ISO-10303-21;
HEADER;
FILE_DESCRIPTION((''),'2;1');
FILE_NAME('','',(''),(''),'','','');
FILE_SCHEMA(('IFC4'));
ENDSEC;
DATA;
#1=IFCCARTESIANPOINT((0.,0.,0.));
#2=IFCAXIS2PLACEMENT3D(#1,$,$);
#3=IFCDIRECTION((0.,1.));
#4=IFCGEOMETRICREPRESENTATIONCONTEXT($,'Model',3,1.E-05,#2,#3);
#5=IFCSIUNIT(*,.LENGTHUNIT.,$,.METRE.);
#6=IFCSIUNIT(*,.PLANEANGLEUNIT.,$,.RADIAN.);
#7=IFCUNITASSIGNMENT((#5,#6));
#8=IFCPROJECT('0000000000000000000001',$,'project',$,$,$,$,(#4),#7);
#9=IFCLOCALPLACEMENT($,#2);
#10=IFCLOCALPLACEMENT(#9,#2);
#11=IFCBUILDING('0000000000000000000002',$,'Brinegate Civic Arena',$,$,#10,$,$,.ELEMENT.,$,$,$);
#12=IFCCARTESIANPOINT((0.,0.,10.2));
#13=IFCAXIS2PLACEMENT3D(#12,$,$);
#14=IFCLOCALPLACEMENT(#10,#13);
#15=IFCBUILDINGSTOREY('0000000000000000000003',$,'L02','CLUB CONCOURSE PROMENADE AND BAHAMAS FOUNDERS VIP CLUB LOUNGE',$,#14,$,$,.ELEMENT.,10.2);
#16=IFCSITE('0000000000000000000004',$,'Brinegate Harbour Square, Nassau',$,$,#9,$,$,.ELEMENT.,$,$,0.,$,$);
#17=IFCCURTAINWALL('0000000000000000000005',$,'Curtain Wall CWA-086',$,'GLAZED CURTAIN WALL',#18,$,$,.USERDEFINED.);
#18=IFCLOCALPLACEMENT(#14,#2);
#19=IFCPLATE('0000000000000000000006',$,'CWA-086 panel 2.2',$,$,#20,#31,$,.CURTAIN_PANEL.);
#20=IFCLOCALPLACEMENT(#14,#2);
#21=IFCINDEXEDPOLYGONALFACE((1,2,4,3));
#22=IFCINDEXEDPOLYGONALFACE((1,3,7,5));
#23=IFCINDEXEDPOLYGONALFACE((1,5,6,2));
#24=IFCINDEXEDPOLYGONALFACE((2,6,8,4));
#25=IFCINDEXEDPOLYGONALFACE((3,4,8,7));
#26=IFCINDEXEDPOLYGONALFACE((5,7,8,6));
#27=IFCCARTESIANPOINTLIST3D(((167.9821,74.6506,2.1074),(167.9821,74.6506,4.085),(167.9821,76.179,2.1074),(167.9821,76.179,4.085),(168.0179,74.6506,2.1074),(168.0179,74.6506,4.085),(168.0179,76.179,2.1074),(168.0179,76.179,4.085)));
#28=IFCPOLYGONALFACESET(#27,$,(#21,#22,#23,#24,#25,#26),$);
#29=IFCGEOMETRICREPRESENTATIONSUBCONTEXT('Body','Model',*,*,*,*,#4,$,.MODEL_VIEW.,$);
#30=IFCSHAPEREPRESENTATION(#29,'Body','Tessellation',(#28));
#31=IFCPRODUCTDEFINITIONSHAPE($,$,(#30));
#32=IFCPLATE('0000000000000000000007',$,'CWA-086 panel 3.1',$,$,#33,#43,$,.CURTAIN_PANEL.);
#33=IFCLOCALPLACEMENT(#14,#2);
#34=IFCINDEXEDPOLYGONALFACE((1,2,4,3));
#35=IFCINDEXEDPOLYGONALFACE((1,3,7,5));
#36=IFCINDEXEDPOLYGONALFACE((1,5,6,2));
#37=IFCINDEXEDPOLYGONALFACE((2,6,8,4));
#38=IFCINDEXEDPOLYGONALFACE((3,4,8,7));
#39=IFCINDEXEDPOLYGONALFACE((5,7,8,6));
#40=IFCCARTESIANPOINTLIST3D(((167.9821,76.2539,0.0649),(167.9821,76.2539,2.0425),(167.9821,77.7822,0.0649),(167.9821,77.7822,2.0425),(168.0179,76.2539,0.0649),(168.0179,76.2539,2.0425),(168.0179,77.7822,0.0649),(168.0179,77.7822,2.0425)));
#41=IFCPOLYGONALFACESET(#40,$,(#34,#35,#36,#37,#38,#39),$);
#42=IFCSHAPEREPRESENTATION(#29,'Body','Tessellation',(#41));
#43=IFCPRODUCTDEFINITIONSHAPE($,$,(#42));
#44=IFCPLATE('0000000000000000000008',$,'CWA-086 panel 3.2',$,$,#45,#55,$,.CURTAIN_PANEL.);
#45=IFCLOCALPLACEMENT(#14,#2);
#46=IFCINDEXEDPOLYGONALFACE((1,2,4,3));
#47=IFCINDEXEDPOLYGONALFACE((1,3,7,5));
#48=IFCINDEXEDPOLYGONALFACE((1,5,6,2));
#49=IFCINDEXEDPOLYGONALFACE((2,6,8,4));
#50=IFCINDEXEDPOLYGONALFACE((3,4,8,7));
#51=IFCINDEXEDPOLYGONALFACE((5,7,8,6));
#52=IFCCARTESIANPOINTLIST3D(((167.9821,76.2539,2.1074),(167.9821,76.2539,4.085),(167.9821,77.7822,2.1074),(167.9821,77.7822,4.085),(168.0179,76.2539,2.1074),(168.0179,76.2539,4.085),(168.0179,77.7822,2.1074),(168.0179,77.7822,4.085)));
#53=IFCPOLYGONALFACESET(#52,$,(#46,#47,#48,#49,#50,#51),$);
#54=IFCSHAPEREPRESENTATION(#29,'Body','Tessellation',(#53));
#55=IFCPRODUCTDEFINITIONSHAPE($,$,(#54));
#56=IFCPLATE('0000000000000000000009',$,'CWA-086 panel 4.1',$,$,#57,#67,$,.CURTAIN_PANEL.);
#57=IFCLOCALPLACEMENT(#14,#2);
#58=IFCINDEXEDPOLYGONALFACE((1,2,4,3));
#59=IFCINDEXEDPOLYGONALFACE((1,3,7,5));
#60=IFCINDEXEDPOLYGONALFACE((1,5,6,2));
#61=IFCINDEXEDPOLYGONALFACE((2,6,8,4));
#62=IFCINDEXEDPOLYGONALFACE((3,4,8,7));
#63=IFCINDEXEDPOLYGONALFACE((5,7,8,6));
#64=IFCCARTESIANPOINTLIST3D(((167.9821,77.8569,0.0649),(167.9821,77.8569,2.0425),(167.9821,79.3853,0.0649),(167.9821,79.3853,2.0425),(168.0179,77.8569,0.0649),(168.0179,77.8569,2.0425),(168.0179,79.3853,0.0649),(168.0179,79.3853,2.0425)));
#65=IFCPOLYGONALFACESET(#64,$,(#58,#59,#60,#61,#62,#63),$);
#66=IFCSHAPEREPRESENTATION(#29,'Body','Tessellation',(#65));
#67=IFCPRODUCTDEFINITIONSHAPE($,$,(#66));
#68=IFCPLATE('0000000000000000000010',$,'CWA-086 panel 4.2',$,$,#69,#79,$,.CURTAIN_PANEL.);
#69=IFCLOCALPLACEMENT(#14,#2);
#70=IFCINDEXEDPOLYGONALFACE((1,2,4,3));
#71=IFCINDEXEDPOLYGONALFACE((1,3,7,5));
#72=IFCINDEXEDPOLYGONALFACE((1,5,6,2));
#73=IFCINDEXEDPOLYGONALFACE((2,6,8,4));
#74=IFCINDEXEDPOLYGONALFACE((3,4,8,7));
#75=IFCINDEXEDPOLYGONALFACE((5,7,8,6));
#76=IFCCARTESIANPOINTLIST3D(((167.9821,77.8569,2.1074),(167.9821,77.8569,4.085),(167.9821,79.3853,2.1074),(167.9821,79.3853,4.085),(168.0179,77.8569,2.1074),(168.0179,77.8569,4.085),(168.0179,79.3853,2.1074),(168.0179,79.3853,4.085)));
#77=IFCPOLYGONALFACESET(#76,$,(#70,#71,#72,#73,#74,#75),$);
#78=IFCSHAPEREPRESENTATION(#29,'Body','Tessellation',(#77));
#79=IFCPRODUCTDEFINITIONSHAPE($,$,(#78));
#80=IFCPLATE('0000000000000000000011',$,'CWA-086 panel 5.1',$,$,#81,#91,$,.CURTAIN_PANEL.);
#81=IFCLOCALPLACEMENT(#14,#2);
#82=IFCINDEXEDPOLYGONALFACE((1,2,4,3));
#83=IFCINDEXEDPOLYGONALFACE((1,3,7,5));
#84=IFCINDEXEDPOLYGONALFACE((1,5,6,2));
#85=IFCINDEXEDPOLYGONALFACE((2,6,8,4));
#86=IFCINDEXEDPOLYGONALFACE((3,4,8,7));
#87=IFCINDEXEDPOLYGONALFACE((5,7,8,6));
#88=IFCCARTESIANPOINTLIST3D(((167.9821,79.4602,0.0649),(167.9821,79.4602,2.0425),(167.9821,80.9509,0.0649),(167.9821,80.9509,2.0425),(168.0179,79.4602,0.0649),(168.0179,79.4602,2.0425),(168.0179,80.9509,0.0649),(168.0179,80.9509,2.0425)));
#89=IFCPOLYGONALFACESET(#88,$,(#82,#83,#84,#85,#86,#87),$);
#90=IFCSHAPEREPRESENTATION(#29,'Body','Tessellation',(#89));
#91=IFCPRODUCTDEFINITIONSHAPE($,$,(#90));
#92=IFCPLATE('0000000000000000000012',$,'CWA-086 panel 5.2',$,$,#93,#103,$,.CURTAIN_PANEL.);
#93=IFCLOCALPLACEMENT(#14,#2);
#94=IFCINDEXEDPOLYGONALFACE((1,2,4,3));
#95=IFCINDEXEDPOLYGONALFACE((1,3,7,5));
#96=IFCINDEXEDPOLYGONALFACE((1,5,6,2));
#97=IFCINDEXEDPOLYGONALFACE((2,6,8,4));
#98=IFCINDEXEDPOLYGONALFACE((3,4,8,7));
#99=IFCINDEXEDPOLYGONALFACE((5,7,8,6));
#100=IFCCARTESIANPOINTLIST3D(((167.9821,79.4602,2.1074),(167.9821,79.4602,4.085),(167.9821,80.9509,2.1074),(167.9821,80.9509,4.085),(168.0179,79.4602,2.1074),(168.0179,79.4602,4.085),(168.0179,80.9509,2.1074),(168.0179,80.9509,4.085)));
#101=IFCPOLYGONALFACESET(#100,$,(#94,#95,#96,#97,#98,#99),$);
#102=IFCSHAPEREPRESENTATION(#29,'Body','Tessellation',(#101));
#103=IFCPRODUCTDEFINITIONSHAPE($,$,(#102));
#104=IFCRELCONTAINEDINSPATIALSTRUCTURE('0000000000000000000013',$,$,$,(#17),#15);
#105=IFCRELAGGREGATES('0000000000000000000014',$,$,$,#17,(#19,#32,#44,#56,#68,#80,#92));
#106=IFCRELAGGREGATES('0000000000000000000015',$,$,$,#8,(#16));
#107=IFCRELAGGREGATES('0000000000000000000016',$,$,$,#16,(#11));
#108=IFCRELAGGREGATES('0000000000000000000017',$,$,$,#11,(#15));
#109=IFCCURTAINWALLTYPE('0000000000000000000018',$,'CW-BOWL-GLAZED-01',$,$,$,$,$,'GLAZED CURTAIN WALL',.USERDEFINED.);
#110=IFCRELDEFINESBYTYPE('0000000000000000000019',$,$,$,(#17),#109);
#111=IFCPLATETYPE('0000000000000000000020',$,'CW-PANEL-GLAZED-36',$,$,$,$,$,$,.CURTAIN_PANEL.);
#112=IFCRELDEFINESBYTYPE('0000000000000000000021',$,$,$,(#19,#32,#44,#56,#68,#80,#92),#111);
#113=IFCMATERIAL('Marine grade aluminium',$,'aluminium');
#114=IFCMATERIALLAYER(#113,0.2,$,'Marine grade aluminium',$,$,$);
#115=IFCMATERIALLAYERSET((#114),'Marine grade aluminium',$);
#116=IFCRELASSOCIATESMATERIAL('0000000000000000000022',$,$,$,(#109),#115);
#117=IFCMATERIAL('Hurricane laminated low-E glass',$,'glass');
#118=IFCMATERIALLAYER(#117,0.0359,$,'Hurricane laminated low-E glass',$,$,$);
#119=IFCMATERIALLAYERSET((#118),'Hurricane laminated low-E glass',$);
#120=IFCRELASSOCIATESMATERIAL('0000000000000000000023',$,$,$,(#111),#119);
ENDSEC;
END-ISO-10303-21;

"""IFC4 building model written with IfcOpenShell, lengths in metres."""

from ifc_helpers import new_model, si_unit, direction, frame, origin, origin_2d, place, context, subcontext, project, spatial, rectangle, extrude, material, layer, layer_set, type_object, element, aggregate, save


model = new_model("IFC4")

# Units and contexts
model_context = context("Model", 3, precision=1e-05, world=origin(), true_north=direction((0.0, 1.0)))
body_context = subcontext(model_context, "Body", "Model", "MODEL_VIEW")
ifc_project = project(units=[si_unit("LENGTHUNIT", "METRE"), si_unit("PLANEANGLEUNIT", "RADIAN")], contexts=[model_context])

# Site, building, storey
site_placement = place(None, origin())
site = spatial("IfcSite", under=ifc_project, at=site_placement, Name="Brinegate Harbour Square, Nassau", CompositionType="ELEMENT", RefElevation=0.0)
building_placement = place(site_placement, origin())
building = spatial("IfcBuilding", under=site, at=building_placement, Name="Brinegate Civic Arena", CompositionType="ELEMENT")
storey_placement = place(building_placement, frame((0.0, 0.0, 10.2)))
storey = spatial("IfcBuildingStorey", under=building, at=storey_placement, Name="L02", Description="CLUB CONCOURSE PROMENADE AND BAHAMAS FOUNDERS VIP CLUB LOUNGE", CompositionType="ELEMENT", Elevation=10.2)

# Shared definitions
ifc_material_1 = material(Name="Marine grade aluminium", Category="aluminium")
ifc_layer_1 = layer(ifc_material_1, 0.2, Name="Marine grade aluminium")
ifc_layer_set_1 = layer_set([ifc_layer_1], Name="Marine grade aluminium")
curtain_wall_type = type_object("IfcCurtainWallType", Name="CW-BOWL-GLAZED-01", ElementType="GLAZED CURTAIN WALL", PredefinedType="USERDEFINED", material=ifc_layer_set_1)

# Curtain wall
curtain_wall_1_placement = place(storey_placement, origin())
curtain_wall_1 = element("IfcCurtainWall", 1, at=curtain_wall_1_placement, inside=storey, type_object=curtain_wall_type, Name="Curtain Wall CWA-086", ObjectType="GLAZED CURTAIN WALL", PredefinedType="USERDEFINED")

# Plates
ifc_material_2 = material(Name="Hurricane laminated low-E glass", Category="glass")
ifc_layer_2 = layer(ifc_material_2, 0.0359, Name="Hurricane laminated low-E glass")
ifc_layer_set_2 = layer_set([ifc_layer_2], Name="Hurricane laminated low-E glass")
plate_type_1 = type_object("IfcPlateType", Name="CW-PANEL-GLAZED-36", PredefinedType="CURTAIN_PANEL", material=ifc_layer_set_2)
plate_1_placement = place(storey_placement, frame((168.0, 75.4148, 2.1074), z_axis=(0.0, 0.0, 1.0), x_axis=(0.0, 1.0, 0.0)))
plate_1 = element("IfcPlate", 2, at=plate_1_placement, type_object=plate_type_1, Name="CWA-086 panel 2.2", PredefinedType="CURTAIN_PANEL", context=body_context, shape_type="SweptSolid", body=[
    extrude(rectangle(XDim=1.5283, YDim=0.0359, at=origin_2d()), origin(), (0.0, 0.0, 1.0), 1.9775),
])
plate_2_placement = place(storey_placement, frame((168.0, 77.0181, 0.0649), z_axis=(0.0, 0.0, 1.0), x_axis=(0.0, 1.0, 0.0)))
plate_2 = element("IfcPlate", 3, at=plate_2_placement, type_object=plate_type_1, Name="CWA-086 panel 3.1", PredefinedType="CURTAIN_PANEL", context=body_context, shape_type="SweptSolid", body=[
    extrude(rectangle(XDim=1.5283, YDim=0.0359, at=origin_2d()), origin(), (0.0, 0.0, 1.0), 1.9775),
])
plate_3_placement = place(storey_placement, frame((168.0, 77.0181, 2.1074), z_axis=(0.0, 0.0, 1.0), x_axis=(0.0, 1.0, 0.0)))
plate_3 = element("IfcPlate", 4, at=plate_3_placement, type_object=plate_type_1, Name="CWA-086 panel 3.2", PredefinedType="CURTAIN_PANEL", context=body_context, shape_type="SweptSolid", body=[
    extrude(rectangle(XDim=1.5283, YDim=0.0359, at=origin_2d()), origin(), (0.0, 0.0, 1.0), 1.9775),
])
plate_4_placement = place(storey_placement, frame((168.0, 78.6211, 0.0649), z_axis=(0.0, 0.0, 1.0), x_axis=(0.0, 1.0, 0.0)))
plate_4 = element("IfcPlate", 5, at=plate_4_placement, type_object=plate_type_1, Name="CWA-086 panel 4.1", PredefinedType="CURTAIN_PANEL", context=body_context, shape_type="SweptSolid", body=[
    extrude(rectangle(XDim=1.5283, YDim=0.0359, at=origin_2d()), origin(), (0.0, 0.0, 1.0), 1.9775),
])
plate_5_placement = place(storey_placement, frame((168.0, 78.6211, 2.1074), z_axis=(0.0, 0.0, 1.0), x_axis=(0.0, 1.0, 0.0)))
plate_5 = element("IfcPlate", 6, at=plate_5_placement, type_object=plate_type_1, Name="CWA-086 panel 4.2", PredefinedType="CURTAIN_PANEL", context=body_context, shape_type="SweptSolid", body=[
    extrude(rectangle(XDim=1.5283, YDim=0.0359, at=origin_2d()), origin(), (0.0, 0.0, 1.0), 1.9775),
])
plate_6_placement = place(storey_placement, frame((168.0, 80.2056, 0.0649), z_axis=(0.0, 0.0, 1.0), x_axis=(0.0, 1.0, 0.0)))
plate_6 = element("IfcPlate", 7, at=plate_6_placement, type_object=plate_type_1, Name="CWA-086 panel 5.1", PredefinedType="CURTAIN_PANEL", context=body_context, shape_type="SweptSolid", body=[
    extrude(rectangle(XDim=1.4907, YDim=0.0359, at=origin_2d()), origin(), (0.0, 0.0, 1.0), 1.9775),
])
plate_7_placement = place(storey_placement, frame((168.0, 80.2056, 2.1074), z_axis=(0.0, 0.0, 1.0), x_axis=(0.0, 1.0, 0.0)))
plate_7 = element("IfcPlate", 8, at=plate_7_placement, type_object=plate_type_1, Name="CWA-086 panel 5.2", PredefinedType="CURTAIN_PANEL", context=body_context, shape_type="SweptSolid", body=[
    extrude(rectangle(XDim=1.4907, YDim=0.0359, at=origin_2d()), origin(), (0.0, 0.0, 1.0), 1.9775),
])
aggregate(curtain_wall_1, [plate_1, plate_2, plate_3, plate_4, plate_5, plate_6, plate_7])

save(model, "model.ifc")
